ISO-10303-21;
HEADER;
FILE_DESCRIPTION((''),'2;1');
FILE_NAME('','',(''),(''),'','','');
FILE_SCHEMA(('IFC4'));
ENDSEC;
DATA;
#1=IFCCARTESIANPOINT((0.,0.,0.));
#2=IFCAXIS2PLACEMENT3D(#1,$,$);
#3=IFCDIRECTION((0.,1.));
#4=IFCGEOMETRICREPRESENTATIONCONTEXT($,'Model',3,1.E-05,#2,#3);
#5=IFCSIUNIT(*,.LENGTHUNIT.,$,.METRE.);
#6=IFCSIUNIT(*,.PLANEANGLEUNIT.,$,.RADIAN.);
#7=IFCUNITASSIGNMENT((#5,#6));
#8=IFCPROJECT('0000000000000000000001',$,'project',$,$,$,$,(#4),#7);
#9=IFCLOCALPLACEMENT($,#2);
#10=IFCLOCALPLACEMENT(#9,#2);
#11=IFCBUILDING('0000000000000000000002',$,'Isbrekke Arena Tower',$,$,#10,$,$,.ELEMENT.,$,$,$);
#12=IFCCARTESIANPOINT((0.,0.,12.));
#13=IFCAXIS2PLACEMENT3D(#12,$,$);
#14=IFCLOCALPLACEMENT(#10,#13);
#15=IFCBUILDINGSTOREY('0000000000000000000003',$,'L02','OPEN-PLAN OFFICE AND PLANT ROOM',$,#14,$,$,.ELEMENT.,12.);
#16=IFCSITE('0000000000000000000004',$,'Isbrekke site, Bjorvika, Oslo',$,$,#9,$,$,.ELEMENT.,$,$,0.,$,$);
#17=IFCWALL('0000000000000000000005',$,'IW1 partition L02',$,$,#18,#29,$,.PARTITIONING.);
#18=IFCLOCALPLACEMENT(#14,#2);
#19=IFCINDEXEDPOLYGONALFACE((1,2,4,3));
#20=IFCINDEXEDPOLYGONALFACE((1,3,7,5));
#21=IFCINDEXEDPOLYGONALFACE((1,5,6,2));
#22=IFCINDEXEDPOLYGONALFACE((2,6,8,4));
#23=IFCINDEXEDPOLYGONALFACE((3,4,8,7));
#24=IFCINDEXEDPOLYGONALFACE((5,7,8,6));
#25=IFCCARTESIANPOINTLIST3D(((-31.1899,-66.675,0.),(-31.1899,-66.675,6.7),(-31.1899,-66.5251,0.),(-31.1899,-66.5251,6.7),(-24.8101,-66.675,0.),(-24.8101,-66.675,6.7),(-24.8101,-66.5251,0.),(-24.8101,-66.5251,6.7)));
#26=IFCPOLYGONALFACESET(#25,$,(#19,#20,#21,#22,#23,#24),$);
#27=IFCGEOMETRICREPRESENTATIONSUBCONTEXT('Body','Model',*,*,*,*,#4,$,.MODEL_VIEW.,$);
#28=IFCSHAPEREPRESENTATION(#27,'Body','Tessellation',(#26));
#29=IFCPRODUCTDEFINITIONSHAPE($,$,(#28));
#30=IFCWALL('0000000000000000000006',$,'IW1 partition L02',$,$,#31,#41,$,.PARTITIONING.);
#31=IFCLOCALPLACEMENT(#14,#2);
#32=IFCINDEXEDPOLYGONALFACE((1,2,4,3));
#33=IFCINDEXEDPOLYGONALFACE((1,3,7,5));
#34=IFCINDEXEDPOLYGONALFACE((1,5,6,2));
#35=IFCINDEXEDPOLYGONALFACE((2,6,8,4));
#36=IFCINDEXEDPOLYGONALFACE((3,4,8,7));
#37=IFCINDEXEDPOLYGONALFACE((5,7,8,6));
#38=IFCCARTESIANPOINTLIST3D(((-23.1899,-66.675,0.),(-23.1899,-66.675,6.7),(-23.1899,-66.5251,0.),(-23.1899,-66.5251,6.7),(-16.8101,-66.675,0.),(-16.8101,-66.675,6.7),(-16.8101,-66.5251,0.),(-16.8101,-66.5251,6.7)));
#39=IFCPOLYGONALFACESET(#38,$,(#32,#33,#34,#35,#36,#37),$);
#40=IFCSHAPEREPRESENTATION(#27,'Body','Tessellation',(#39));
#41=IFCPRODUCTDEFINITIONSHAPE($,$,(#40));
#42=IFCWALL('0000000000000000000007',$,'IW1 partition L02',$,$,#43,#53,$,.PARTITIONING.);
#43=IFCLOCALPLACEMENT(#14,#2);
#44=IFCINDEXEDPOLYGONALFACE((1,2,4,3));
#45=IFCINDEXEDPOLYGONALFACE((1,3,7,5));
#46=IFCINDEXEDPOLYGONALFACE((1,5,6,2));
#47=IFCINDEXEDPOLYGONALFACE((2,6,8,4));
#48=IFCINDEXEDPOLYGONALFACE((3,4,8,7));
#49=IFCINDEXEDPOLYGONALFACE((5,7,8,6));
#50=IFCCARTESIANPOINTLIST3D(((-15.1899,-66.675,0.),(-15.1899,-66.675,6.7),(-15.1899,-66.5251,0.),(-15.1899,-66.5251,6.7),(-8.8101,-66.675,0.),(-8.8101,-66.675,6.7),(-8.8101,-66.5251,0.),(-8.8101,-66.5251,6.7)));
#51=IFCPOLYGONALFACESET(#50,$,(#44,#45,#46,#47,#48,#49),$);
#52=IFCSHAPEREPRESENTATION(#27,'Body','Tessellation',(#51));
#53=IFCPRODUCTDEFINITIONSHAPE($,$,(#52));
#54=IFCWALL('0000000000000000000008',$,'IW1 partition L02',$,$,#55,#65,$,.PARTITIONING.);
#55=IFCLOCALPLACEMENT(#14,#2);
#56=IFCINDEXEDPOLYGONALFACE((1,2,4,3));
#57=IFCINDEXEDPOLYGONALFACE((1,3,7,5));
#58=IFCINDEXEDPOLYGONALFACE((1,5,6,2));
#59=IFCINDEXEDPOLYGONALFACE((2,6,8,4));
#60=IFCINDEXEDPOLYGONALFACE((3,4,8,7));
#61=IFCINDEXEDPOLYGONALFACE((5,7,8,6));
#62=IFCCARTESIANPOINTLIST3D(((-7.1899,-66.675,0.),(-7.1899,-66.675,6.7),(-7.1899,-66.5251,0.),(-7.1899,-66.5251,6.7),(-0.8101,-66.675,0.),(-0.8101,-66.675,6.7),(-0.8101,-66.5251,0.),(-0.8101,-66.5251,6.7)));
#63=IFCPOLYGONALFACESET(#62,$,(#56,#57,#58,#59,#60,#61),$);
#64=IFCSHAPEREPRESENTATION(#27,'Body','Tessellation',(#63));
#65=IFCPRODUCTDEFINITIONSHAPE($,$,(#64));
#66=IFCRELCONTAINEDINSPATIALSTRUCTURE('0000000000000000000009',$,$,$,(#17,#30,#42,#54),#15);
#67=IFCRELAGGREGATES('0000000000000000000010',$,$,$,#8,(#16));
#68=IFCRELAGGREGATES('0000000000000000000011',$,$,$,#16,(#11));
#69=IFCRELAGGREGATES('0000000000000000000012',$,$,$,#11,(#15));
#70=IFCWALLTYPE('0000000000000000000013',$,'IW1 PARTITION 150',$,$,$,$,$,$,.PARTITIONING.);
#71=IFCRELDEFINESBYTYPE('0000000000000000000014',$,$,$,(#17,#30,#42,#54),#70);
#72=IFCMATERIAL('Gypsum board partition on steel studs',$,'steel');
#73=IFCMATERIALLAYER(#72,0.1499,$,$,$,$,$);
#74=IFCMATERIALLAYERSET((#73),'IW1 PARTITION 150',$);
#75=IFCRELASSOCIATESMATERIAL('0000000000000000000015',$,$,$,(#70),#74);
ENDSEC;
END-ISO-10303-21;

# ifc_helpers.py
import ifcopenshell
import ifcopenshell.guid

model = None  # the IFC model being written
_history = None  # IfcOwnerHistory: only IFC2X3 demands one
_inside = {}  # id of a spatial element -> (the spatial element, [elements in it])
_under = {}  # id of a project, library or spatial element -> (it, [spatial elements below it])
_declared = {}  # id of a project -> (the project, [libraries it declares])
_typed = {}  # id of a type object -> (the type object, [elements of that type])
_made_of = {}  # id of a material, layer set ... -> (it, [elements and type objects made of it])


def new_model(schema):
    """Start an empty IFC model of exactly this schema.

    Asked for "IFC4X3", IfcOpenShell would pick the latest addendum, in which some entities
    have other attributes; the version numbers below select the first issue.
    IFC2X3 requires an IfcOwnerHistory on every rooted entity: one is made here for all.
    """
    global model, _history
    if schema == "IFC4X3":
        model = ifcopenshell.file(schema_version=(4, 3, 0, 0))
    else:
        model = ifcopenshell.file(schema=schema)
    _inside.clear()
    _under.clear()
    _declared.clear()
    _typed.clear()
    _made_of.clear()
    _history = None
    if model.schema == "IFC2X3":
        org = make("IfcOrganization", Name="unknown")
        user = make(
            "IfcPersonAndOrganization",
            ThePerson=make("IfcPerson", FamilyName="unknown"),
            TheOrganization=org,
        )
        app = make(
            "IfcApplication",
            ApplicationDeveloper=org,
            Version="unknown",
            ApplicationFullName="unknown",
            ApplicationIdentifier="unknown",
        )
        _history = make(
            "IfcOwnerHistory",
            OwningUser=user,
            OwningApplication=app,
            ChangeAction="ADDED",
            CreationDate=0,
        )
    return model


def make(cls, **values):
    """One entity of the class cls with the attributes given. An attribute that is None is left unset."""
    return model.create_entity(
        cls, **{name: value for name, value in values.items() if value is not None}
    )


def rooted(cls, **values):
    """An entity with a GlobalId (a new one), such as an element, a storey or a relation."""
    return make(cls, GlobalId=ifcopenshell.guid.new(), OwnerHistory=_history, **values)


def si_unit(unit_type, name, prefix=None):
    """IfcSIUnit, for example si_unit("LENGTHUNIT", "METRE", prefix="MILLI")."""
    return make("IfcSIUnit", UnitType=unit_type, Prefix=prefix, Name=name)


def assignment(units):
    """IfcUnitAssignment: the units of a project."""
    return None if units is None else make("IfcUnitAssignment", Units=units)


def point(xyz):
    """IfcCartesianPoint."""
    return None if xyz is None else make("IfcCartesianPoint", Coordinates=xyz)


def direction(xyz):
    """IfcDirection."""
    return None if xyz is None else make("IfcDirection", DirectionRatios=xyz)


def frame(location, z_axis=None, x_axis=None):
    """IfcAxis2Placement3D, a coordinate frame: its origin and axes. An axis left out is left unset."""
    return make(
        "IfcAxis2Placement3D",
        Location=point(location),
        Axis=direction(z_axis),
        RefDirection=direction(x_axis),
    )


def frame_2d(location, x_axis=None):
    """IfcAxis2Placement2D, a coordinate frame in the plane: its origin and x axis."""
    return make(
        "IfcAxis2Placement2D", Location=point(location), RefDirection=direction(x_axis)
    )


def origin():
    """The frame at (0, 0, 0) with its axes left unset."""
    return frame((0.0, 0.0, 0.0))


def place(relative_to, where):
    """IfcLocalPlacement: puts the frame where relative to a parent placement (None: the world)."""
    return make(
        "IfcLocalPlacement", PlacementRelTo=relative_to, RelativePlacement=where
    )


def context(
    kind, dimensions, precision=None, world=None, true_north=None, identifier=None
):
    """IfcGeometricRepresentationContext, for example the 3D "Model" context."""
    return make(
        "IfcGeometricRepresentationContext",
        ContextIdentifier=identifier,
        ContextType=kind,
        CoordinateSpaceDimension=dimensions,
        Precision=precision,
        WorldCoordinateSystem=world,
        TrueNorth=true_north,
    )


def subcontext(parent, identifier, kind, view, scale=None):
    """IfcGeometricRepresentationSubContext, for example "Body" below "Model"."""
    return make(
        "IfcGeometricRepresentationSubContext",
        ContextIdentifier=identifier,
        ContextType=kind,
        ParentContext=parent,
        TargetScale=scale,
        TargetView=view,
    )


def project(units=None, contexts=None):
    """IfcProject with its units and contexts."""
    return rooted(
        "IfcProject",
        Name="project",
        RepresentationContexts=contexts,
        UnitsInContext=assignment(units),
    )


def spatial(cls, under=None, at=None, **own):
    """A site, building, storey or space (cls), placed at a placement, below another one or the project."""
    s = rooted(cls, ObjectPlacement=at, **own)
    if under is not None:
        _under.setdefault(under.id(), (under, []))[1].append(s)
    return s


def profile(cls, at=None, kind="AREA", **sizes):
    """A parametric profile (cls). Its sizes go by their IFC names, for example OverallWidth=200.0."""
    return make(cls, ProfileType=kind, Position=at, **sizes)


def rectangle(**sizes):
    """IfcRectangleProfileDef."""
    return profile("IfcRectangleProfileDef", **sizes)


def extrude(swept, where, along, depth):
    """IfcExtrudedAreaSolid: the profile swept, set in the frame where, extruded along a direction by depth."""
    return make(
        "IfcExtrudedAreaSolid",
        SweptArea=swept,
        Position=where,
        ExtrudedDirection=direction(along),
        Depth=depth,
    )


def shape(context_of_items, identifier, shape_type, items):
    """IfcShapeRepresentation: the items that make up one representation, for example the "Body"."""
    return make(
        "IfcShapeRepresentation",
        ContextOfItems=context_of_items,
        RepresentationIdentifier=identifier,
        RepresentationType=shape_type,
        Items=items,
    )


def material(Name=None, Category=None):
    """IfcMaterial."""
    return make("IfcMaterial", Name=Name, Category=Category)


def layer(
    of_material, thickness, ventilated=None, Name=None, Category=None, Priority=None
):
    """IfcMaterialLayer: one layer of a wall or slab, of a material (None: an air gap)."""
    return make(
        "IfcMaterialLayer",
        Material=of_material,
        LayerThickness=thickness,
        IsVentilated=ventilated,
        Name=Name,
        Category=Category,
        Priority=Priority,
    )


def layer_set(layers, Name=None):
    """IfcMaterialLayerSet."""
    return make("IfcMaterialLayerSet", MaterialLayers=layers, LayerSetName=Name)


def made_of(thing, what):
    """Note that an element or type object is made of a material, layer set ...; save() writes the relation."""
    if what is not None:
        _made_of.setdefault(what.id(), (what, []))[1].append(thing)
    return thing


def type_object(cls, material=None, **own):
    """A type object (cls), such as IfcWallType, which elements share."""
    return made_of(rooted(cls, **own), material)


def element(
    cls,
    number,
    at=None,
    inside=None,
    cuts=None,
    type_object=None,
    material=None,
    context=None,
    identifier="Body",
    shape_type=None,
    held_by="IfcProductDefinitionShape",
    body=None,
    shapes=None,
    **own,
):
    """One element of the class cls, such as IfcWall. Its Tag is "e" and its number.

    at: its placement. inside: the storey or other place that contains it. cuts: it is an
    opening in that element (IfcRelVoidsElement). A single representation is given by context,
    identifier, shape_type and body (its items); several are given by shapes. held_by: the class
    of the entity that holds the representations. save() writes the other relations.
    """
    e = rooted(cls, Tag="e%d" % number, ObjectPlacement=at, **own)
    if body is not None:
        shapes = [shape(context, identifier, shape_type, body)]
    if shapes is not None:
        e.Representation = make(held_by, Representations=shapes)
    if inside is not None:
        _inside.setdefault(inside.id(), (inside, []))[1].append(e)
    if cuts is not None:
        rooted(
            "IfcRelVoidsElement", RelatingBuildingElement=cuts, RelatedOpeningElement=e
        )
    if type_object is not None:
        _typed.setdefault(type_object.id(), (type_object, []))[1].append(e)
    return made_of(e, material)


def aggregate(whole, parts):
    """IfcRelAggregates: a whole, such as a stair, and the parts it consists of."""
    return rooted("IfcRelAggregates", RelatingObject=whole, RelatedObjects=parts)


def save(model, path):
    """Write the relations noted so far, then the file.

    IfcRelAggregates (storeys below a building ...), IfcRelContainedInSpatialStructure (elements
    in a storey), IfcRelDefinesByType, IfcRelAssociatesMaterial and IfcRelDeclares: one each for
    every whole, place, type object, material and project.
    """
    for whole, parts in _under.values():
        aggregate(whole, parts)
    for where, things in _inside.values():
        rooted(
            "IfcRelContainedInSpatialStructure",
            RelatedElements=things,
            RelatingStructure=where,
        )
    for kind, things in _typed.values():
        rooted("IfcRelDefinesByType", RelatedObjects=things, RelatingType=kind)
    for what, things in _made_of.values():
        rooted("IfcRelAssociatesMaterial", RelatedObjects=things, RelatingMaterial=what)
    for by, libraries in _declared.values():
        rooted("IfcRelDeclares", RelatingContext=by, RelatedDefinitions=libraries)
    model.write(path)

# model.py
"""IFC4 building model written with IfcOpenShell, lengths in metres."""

from ifc_helpers import new_model, si_unit, direction, frame, frame_2d, origin, place, context, subcontext, project, spatial, rectangle, extrude, material, layer, layer_set, type_object, element, save


model = new_model("IFC4")

# Units and contexts
model_context = context("Model", 3, precision=1e-05, world=origin(), true_north=direction((0.0, 1.0)))
body_context = subcontext(model_context, "Body", "Model", "MODEL_VIEW")
ifc_project = project(units=[si_unit("LENGTHUNIT", "METRE"), si_unit("PLANEANGLEUNIT", "RADIAN")], contexts=[model_context])

# Site, building, storey
site_placement = place(None, origin())
site = spatial("IfcSite", under=ifc_project, at=site_placement, Name="Isbrekke site, Bjorvika, Oslo", CompositionType="ELEMENT", RefElevation=0.0)
building_placement = place(site_placement, origin())
building = spatial("IfcBuilding", under=site, at=building_placement, Name="Isbrekke Arena Tower", CompositionType="ELEMENT")
storey_placement = place(building_placement, frame((0.0, 0.0, 12.0)))
storey = spatial("IfcBuildingStorey", under=building, at=storey_placement, Name="L02", Description="OPEN-PLAN OFFICE AND PLANT ROOM", CompositionType="ELEMENT", Elevation=12.0)

# Walls
ifc_material_1 = material(Name="Gypsum board partition on steel studs", Category="steel")
ifc_layer = layer(ifc_material_1, 0.1499)
ifc_layer_set = layer_set([ifc_layer], Name="IW1 PARTITION 150")
wall_type = type_object("IfcWallType", Name="IW1 PARTITION 150", PredefinedType="PARTITIONING", material=ifc_layer_set)
for number, where, z_axis, x_axis, name in (
    (1, (-31.1899, -66.6001, 0.0), (0.0, 0.0, 1.0), (1.0, 0.0, 0.0), "IW1 partition L02"),
    (2, (-23.1899, -66.6001, 0.0), (0.0, 0.0, 1.0), (1.0, 0.0, 0.0), "IW1 partition L02"),
    (3, (-15.1899, -66.6001, 0.0), (0.0, 0.0, 1.0), (1.0, 0.0, 0.0), "IW1 partition L02"),
    (4, (-7.1899, -66.6001, 0.0), (0.0, 0.0, 1.0), (1.0, 0.0, 0.0), "IW1 partition L02"),
):
    element("IfcWall", number, at=place(storey_placement, frame(where, z_axis=z_axis, x_axis=x_axis)), inside=storey, type_object=wall_type, Name=name, PredefinedType="PARTITIONING", context=body_context, shape_type="SweptSolid", body=[
        extrude(rectangle(XDim=6.3799, YDim=0.1499, at=frame_2d((3.1899, 0.0))), origin(), (0.0, 0.0, 1.0), 6.7),
    ])

save(model, "model.ifc")
